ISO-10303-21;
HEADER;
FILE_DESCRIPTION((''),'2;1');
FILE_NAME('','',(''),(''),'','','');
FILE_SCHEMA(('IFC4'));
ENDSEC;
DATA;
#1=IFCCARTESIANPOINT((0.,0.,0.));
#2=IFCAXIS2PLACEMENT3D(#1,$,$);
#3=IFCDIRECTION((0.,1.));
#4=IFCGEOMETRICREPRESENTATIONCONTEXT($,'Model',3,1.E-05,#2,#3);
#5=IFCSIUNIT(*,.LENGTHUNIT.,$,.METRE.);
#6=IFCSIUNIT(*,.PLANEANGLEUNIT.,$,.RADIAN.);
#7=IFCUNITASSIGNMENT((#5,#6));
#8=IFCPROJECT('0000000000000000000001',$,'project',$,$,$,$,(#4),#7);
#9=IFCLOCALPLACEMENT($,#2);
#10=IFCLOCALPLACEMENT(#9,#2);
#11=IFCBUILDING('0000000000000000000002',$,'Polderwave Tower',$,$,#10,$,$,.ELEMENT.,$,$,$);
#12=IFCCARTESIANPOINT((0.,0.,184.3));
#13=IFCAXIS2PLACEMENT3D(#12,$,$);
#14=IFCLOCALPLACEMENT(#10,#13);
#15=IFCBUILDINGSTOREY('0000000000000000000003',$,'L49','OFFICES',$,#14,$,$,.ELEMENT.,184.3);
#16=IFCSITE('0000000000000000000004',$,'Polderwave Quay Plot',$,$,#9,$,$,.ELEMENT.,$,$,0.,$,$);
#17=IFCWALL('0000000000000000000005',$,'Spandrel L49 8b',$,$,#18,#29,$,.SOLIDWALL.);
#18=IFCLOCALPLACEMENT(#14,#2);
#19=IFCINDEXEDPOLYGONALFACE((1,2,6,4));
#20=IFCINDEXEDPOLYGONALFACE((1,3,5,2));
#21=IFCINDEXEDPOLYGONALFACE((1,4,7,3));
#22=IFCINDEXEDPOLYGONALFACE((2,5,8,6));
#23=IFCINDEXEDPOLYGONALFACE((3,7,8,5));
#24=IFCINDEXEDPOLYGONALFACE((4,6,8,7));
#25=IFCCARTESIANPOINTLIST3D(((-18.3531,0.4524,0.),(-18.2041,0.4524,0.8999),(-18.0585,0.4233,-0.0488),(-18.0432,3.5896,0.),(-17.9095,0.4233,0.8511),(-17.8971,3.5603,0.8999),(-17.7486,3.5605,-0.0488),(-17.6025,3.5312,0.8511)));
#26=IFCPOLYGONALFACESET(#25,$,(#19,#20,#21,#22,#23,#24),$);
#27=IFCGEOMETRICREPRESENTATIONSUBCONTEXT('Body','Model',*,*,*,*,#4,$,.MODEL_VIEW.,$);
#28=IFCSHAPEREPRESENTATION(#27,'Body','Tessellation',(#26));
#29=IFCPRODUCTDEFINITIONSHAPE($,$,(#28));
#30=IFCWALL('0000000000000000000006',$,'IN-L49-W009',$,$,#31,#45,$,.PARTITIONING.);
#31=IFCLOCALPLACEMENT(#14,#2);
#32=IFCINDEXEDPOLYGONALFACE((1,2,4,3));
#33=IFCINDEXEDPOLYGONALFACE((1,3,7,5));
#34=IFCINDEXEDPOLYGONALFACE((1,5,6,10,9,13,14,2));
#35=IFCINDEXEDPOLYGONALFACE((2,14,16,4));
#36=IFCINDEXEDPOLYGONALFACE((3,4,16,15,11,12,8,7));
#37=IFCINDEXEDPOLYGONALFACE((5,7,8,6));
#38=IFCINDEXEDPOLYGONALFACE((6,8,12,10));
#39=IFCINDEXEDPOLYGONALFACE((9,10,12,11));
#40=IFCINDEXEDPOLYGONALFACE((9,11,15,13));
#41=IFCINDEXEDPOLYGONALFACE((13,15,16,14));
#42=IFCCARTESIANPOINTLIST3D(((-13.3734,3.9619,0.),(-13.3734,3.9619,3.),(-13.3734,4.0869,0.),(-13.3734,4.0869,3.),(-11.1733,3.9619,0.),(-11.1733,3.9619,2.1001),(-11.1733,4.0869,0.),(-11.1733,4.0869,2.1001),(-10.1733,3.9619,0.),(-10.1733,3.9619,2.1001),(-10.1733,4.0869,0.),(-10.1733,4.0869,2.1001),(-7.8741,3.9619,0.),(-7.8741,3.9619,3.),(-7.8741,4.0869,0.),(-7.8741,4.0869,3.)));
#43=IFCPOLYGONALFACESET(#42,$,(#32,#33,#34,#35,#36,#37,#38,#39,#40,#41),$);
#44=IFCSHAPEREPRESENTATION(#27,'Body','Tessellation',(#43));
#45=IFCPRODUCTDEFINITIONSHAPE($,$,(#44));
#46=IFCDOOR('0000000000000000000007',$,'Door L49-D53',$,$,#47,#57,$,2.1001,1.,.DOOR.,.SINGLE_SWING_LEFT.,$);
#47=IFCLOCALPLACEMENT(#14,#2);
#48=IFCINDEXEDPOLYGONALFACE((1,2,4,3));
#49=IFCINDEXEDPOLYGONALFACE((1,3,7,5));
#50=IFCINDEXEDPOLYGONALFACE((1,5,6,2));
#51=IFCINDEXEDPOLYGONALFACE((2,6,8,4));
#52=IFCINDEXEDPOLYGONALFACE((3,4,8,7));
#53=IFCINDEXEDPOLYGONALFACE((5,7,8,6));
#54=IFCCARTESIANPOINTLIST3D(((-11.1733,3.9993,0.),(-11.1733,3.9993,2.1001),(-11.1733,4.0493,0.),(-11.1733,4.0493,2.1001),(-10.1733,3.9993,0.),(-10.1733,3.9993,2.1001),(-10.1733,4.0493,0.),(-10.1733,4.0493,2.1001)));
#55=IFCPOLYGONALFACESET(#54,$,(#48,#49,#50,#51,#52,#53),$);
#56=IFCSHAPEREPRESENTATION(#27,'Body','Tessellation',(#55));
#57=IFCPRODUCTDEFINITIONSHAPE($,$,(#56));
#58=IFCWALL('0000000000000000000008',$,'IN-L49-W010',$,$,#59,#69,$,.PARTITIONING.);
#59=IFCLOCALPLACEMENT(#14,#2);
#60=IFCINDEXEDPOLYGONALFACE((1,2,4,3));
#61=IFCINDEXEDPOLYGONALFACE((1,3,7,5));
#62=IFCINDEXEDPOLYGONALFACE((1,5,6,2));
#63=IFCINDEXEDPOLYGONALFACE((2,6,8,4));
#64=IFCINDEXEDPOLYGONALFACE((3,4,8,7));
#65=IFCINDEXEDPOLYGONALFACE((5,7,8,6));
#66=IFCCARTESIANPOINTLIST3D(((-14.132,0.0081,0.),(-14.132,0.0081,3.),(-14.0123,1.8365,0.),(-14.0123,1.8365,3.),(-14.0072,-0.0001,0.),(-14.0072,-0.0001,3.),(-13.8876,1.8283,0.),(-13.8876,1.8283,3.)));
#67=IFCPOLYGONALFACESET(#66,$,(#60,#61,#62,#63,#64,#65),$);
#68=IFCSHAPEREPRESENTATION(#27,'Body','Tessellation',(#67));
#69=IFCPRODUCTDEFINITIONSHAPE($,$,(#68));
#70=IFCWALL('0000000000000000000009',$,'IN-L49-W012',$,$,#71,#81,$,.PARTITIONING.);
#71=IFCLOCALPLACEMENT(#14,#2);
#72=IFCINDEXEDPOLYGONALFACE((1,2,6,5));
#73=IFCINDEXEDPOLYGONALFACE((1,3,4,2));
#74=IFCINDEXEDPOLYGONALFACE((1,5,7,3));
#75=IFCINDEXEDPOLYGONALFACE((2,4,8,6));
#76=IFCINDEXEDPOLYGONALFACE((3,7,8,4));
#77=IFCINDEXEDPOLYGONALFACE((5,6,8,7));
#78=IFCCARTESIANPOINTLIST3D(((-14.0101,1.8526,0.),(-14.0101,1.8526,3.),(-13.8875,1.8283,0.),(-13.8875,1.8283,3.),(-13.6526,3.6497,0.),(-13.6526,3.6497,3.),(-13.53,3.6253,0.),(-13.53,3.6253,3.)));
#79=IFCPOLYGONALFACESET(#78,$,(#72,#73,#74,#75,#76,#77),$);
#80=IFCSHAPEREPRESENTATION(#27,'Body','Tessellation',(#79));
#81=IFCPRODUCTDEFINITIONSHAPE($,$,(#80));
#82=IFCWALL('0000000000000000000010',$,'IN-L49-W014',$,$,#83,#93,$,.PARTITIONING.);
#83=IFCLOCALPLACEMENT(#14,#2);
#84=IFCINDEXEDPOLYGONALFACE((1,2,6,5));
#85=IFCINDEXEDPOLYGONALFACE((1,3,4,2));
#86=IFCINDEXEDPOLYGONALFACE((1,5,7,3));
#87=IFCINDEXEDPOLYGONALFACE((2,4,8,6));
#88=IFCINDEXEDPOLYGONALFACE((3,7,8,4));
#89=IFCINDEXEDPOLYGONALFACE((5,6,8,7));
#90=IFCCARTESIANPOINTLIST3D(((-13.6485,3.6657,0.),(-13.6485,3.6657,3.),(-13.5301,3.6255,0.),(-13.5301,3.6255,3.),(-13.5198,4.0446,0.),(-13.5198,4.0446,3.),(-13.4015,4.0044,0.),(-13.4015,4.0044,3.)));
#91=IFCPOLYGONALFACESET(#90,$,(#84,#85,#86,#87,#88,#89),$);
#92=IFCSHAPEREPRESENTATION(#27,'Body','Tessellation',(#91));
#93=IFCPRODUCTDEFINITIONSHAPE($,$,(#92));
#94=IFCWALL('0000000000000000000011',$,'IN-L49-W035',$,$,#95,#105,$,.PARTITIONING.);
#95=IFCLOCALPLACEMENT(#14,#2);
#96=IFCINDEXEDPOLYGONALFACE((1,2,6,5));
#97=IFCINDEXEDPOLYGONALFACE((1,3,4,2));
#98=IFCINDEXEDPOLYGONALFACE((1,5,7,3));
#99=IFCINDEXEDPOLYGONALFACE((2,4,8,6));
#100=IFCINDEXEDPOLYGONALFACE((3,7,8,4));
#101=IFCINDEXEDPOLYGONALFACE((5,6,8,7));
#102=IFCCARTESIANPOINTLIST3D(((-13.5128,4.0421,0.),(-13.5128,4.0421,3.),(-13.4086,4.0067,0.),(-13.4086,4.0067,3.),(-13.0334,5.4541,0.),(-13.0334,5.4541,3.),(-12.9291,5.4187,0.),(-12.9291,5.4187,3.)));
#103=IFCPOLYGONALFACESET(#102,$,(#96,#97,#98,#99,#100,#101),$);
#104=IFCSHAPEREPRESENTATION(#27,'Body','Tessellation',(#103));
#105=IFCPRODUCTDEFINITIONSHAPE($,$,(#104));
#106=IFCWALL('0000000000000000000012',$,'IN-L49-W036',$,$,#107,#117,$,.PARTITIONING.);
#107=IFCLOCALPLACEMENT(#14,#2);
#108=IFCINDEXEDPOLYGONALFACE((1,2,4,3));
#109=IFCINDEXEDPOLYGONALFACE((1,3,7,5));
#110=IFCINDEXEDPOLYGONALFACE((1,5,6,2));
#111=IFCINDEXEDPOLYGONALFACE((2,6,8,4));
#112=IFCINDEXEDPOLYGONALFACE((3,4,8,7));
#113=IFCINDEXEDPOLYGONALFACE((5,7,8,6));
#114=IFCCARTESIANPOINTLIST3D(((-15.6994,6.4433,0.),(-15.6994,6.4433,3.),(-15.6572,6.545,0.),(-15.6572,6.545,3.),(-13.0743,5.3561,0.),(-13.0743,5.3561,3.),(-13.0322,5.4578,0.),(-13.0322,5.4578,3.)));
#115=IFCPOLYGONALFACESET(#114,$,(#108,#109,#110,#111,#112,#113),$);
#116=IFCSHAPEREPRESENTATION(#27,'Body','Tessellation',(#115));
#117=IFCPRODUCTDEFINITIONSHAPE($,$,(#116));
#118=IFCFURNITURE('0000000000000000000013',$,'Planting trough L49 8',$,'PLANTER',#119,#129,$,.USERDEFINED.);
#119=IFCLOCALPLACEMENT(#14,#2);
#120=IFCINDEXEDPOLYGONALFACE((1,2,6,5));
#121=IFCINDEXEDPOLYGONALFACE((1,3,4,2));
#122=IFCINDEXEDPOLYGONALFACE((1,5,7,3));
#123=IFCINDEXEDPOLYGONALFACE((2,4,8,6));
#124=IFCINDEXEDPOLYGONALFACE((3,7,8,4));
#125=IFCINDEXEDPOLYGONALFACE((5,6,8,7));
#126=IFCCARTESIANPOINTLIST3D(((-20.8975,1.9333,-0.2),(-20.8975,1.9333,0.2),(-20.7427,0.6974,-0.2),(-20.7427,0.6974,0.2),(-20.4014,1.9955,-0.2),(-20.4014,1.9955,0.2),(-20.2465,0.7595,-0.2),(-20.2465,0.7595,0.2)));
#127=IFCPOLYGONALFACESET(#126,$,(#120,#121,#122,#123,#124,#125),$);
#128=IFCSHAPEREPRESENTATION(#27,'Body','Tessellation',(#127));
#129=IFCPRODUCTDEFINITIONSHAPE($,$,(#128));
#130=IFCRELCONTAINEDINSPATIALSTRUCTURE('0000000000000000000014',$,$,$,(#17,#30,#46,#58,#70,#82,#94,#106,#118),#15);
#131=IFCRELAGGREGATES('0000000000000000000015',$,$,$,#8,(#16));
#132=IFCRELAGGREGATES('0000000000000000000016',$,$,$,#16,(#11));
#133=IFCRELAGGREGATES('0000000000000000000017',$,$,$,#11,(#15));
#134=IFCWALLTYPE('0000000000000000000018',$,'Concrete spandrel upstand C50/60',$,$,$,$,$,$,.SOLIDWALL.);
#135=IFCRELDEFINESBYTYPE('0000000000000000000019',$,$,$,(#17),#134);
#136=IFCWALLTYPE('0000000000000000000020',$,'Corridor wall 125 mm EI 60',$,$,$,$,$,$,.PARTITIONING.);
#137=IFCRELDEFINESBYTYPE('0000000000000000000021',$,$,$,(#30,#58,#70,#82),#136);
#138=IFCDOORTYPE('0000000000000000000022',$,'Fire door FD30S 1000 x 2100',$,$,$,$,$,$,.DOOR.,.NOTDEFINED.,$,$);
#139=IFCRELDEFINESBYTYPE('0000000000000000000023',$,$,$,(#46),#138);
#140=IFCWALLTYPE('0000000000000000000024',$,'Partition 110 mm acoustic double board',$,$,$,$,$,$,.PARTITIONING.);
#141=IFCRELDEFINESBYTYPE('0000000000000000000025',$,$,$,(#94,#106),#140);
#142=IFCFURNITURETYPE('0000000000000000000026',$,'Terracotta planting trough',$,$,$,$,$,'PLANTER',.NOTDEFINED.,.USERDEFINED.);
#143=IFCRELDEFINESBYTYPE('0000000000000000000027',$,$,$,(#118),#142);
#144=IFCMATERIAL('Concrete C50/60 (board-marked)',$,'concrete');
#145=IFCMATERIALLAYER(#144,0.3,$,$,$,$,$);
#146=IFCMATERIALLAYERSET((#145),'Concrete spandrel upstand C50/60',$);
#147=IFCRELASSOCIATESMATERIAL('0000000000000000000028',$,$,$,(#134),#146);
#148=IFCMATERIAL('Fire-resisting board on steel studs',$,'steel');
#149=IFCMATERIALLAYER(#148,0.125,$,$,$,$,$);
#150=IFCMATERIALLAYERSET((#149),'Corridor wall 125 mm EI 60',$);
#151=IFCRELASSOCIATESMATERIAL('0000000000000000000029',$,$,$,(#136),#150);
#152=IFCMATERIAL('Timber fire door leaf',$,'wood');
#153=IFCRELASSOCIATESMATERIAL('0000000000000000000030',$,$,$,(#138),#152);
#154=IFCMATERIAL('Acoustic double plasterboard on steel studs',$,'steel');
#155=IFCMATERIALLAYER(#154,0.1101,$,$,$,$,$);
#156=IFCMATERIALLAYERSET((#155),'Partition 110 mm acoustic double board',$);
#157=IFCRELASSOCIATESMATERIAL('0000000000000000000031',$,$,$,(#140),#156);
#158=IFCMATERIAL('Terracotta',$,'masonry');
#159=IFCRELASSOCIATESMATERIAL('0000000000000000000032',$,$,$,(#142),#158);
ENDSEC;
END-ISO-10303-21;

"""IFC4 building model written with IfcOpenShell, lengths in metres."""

from ifc_helpers import new_model, si_unit, direction, frame, frame_2d, origin, origin_2d, place, context, subcontext, project, spatial, polyline, rectangle, outline, extrude, material, layer, layer_set, type_object, element, fill, save


model = new_model("IFC4")

# Units and contexts
model_context = context("Model", 3, precision=1e-05, world=origin(), true_north=direction((0.0, 1.0)))
body_context = subcontext(model_context, "Body", "Model", "MODEL_VIEW")
ifc_project = project(units=[si_unit("LENGTHUNIT", "METRE"), si_unit("PLANEANGLEUNIT", "RADIAN")], contexts=[model_context])

# Site, building, storey
site_placement = place(None, origin())
site = spatial("IfcSite", under=ifc_project, at=site_placement, Name="Polderwave Quay Plot", CompositionType="ELEMENT", RefElevation=0.0)
building_placement = place(site_placement, origin())
building = spatial("IfcBuilding", under=site, at=building_placement, Name="Polderwave Tower", CompositionType="ELEMENT")
storey_placement = place(building_placement, frame((0.0, 0.0, 184.3)))
storey = spatial("IfcBuildingStorey", under=building, at=storey_placement, Name="L49", Description="OFFICES", CompositionType="ELEMENT", Elevation=184.3)

# Wall
ifc_material_1 = material(Name="Concrete C50/60 (board-marked)", Category="concrete")
ifc_layer_1 = layer(ifc_material_1, 0.3)
ifc_layer_set_1 = layer_set([ifc_layer_1], Name="Concrete spandrel upstand C50/60")
wall_type_1 = type_object("IfcWallType", Name="Concrete spandrel upstand C50/60", PredefinedType="SOLIDWALL", material=ifc_layer_set_1)
wall_1_placement = place(storey_placement, frame((-18.0432, 3.5896, 0.0), z_axis=(-0.981911, 0.097001, 0.162611), x_axis=(-0.098309, -0.995156, 0.000005)))
element("IfcWall", 1, at=wall_1_placement, inside=storey, type_object=wall_type_1, Name="Spandrel L49 8b", PredefinedType="SOLIDWALL", context=body_context, shape_type="SweptSolid", body=[
    extrude(outline(polyline([(0.0, 0.0), (3.1525, 0.0), (3.1378, 0.912), (0.0148, 0.9121), (0.0, 0.0)])), origin(), (0.0, 0.0, -1.0), 0.3),
])

# Wall, opening, door
ifc_material_2 = material(Name="Fire-resisting board on steel studs", Category="steel")
ifc_layer_2 = layer(ifc_material_2, 0.125)
ifc_layer_set_2 = layer_set([ifc_layer_2], Name="Corridor wall 125 mm EI 60")
wall_type_2 = type_object("IfcWallType", Name="Corridor wall 125 mm EI 60", PredefinedType="PARTITIONING", material=ifc_layer_set_2)
wall_2_placement = place(storey_placement, frame((-13.3733, 4.0244, 0.0), z_axis=(0.0, 0.0, 1.0), x_axis=(1.0, 0.0, 0.0)))
wall_2 = element("IfcWall", 2, at=wall_2_placement, inside=storey, type_object=wall_type_2, Name="IN-L49-W009", PredefinedType="PARTITIONING", context=body_context, shape_type="SweptSolid", body=[
    extrude(rectangle(XDim=5.4993, YDim=0.125, at=frame_2d((2.7495, 0.0))), origin(), (0.0, 0.0, 1.0), 3.0),
])
opening_placement = place(wall_2_placement, frame((2.2, 0.0, 0.0)))
opening = element("IfcOpeningElement", 3, at=opening_placement, cuts=wall_2, PredefinedType="OPENING", context=body_context, shape_type="SweptSolid", body=[
    extrude(rectangle(XDim=1.0, YDim=2.1001, at=frame_2d((0.5, 1.05))), frame((0.0, 0.0725, 0.0), z_axis=(0.0, -1.0, 0.0), x_axis=(1.0, 0.0, 0.0)), (0.0, 0.0, 1.0), 0.145),
])
ifc_material_3 = material(Name="Timber fire door leaf", Category="wood")
door_type = type_object("IfcDoorType", Name="Fire door FD30S 1000 x 2100", OperationType="NOTDEFINED", PredefinedType="DOOR", material=ifc_material_3)
door_placement = place(opening_placement, origin())
door = element("IfcDoor", 4, at=door_placement, inside=storey, type_object=door_type, Name="Door L49-D53", OperationType="SINGLE_SWING_LEFT", OverallHeight=2.1001, OverallWidth=1.0, PredefinedType="DOOR", context=body_context, shape_type="SweptSolid", body=[
    extrude(rectangle(XDim=1.0, YDim=2.1001, at=frame_2d((0.5, 1.05))), frame((0.0, 0.0249, 0.0), z_axis=(0.0, -1.0, 0.0), x_axis=(1.0, 0.0, 0.0)), (0.0, 0.0, 1.0), 0.05),
])
fill(opening, door)

# Walls
for number, where, z_axis, x_axis, name in (
    (5, (-14.0696, 0.0042, 0.0), (0.0, 0.0, 1.0), (0.06529, 0.997866, 0.0), "IN-L49-W010"),
    (6, (-13.9487, 1.8406, 0.0), (0.0, 0.0, 1.0), (0.195065, 0.98079, 0.0), "IN-L49-W012"),
):
    element("IfcWall", number, at=place(storey_placement, frame(where, z_axis=z_axis, x_axis=x_axis)), inside=storey, type_object=wall_type_2, Name=name, PredefinedType="PARTITIONING", context=body_context, shape_type="SweptSolid", body=[
        extrude(rectangle(XDim=1.8323, YDim=0.125, at=frame_2d((0.916, 0.0))), origin(), (0.0, 0.0, 1.0), 3.0),
    ])
wall_3_placement = place(storey_placement, frame((-13.5894, 3.6455, 0.0), z_axis=(0.0, 0.0, 1.0), x_axis=(0.321531, 0.946899, 0.0)))
element("IfcWall", 7, at=wall_3_placement, inside=storey, type_object=wall_type_2, Name="IN-L49-W014", PredefinedType="PARTITIONING", context=body_context, shape_type="SweptSolid", body=[
    extrude(rectangle(XDim=0.4001, YDim=0.125, at=frame_2d((0.2002, 0.0))), origin(), (0.0, 0.0, 1.0), 3.0),
])
ifc_material_4 = material(Name="Acoustic double plasterboard on steel studs", Category="steel")
ifc_layer_3 = layer(ifc_material_4, 0.1101)
ifc_layer_set_3 = layer_set([ifc_layer_3], Name="Partition 110 mm acoustic double board")
wall_type_3 = type_object("IfcWallType", Name="Partition 110 mm acoustic double board", PredefinedType="PARTITIONING", material=ifc_layer_set_3)
wall_4_placement = place(storey_placement, frame((-13.4607, 4.0244, 0.0), z_axis=(0.0, 0.0, 1.0), x_axis=(0.321527, 0.9469, 0.0)))
element("IfcWall", 8, at=wall_4_placement, inside=storey, type_object=wall_type_3, Name="IN-L49-W035", PredefinedType="PARTITIONING", context=body_context, shape_type="SweptSolid", body=[
    extrude(rectangle(XDim=1.4912, YDim=0.1101, at=frame_2d((0.7456, 0.0))), origin(), (0.0, 0.0, 1.0), 3.0),
])
wall_5_placement = place(storey_placement, frame((-13.0532, 5.407, 0.0), z_axis=(0.0, 0.0, 1.0), x_axis=(-0.923898, 0.382638, 0.0)))
element("IfcWall", 9, at=wall_5_placement, inside=storey, type_object=wall_type_3, Name="IN-L49-W036", PredefinedType="PARTITIONING", context=body_context, shape_type="SweptSolid", body=[
    extrude(rectangle(XDim=2.8413, YDim=0.1101, at=frame_2d((1.4207, 0.0))), origin(), (0.0, 0.0, 1.0), 3.0),
])

# Furniture
ifc_material_5 = material(Name="Terracotta", Category="masonry")
furniture_type = type_object("IfcFurnitureType", Name="Terracotta planting trough", ElementType="PLANTER", AssemblyPlace="NOTDEFINED", PredefinedType="USERDEFINED", material=ifc_material_5)
furniture_placement = place(storey_placement, frame((-20.572, 1.3464, -0.2), z_axis=(0.0, 0.0, 1.0), x_axis=(0.124318, -0.992242, 0.0)))
element("IfcFurniture", 10, at=furniture_placement, inside=storey, type_object=furniture_type, Name="Planting trough L49 8", ObjectType="PLANTER", PredefinedType="USERDEFINED", context=body_context, shape_type="SweptSolid", body=[
    extrude(rectangle(XDim=1.2456, YDim=0.5, at=origin_2d()), origin(), (0.0, 0.0, 1.0), 0.3999),
])

save(model, "model.ifc")
